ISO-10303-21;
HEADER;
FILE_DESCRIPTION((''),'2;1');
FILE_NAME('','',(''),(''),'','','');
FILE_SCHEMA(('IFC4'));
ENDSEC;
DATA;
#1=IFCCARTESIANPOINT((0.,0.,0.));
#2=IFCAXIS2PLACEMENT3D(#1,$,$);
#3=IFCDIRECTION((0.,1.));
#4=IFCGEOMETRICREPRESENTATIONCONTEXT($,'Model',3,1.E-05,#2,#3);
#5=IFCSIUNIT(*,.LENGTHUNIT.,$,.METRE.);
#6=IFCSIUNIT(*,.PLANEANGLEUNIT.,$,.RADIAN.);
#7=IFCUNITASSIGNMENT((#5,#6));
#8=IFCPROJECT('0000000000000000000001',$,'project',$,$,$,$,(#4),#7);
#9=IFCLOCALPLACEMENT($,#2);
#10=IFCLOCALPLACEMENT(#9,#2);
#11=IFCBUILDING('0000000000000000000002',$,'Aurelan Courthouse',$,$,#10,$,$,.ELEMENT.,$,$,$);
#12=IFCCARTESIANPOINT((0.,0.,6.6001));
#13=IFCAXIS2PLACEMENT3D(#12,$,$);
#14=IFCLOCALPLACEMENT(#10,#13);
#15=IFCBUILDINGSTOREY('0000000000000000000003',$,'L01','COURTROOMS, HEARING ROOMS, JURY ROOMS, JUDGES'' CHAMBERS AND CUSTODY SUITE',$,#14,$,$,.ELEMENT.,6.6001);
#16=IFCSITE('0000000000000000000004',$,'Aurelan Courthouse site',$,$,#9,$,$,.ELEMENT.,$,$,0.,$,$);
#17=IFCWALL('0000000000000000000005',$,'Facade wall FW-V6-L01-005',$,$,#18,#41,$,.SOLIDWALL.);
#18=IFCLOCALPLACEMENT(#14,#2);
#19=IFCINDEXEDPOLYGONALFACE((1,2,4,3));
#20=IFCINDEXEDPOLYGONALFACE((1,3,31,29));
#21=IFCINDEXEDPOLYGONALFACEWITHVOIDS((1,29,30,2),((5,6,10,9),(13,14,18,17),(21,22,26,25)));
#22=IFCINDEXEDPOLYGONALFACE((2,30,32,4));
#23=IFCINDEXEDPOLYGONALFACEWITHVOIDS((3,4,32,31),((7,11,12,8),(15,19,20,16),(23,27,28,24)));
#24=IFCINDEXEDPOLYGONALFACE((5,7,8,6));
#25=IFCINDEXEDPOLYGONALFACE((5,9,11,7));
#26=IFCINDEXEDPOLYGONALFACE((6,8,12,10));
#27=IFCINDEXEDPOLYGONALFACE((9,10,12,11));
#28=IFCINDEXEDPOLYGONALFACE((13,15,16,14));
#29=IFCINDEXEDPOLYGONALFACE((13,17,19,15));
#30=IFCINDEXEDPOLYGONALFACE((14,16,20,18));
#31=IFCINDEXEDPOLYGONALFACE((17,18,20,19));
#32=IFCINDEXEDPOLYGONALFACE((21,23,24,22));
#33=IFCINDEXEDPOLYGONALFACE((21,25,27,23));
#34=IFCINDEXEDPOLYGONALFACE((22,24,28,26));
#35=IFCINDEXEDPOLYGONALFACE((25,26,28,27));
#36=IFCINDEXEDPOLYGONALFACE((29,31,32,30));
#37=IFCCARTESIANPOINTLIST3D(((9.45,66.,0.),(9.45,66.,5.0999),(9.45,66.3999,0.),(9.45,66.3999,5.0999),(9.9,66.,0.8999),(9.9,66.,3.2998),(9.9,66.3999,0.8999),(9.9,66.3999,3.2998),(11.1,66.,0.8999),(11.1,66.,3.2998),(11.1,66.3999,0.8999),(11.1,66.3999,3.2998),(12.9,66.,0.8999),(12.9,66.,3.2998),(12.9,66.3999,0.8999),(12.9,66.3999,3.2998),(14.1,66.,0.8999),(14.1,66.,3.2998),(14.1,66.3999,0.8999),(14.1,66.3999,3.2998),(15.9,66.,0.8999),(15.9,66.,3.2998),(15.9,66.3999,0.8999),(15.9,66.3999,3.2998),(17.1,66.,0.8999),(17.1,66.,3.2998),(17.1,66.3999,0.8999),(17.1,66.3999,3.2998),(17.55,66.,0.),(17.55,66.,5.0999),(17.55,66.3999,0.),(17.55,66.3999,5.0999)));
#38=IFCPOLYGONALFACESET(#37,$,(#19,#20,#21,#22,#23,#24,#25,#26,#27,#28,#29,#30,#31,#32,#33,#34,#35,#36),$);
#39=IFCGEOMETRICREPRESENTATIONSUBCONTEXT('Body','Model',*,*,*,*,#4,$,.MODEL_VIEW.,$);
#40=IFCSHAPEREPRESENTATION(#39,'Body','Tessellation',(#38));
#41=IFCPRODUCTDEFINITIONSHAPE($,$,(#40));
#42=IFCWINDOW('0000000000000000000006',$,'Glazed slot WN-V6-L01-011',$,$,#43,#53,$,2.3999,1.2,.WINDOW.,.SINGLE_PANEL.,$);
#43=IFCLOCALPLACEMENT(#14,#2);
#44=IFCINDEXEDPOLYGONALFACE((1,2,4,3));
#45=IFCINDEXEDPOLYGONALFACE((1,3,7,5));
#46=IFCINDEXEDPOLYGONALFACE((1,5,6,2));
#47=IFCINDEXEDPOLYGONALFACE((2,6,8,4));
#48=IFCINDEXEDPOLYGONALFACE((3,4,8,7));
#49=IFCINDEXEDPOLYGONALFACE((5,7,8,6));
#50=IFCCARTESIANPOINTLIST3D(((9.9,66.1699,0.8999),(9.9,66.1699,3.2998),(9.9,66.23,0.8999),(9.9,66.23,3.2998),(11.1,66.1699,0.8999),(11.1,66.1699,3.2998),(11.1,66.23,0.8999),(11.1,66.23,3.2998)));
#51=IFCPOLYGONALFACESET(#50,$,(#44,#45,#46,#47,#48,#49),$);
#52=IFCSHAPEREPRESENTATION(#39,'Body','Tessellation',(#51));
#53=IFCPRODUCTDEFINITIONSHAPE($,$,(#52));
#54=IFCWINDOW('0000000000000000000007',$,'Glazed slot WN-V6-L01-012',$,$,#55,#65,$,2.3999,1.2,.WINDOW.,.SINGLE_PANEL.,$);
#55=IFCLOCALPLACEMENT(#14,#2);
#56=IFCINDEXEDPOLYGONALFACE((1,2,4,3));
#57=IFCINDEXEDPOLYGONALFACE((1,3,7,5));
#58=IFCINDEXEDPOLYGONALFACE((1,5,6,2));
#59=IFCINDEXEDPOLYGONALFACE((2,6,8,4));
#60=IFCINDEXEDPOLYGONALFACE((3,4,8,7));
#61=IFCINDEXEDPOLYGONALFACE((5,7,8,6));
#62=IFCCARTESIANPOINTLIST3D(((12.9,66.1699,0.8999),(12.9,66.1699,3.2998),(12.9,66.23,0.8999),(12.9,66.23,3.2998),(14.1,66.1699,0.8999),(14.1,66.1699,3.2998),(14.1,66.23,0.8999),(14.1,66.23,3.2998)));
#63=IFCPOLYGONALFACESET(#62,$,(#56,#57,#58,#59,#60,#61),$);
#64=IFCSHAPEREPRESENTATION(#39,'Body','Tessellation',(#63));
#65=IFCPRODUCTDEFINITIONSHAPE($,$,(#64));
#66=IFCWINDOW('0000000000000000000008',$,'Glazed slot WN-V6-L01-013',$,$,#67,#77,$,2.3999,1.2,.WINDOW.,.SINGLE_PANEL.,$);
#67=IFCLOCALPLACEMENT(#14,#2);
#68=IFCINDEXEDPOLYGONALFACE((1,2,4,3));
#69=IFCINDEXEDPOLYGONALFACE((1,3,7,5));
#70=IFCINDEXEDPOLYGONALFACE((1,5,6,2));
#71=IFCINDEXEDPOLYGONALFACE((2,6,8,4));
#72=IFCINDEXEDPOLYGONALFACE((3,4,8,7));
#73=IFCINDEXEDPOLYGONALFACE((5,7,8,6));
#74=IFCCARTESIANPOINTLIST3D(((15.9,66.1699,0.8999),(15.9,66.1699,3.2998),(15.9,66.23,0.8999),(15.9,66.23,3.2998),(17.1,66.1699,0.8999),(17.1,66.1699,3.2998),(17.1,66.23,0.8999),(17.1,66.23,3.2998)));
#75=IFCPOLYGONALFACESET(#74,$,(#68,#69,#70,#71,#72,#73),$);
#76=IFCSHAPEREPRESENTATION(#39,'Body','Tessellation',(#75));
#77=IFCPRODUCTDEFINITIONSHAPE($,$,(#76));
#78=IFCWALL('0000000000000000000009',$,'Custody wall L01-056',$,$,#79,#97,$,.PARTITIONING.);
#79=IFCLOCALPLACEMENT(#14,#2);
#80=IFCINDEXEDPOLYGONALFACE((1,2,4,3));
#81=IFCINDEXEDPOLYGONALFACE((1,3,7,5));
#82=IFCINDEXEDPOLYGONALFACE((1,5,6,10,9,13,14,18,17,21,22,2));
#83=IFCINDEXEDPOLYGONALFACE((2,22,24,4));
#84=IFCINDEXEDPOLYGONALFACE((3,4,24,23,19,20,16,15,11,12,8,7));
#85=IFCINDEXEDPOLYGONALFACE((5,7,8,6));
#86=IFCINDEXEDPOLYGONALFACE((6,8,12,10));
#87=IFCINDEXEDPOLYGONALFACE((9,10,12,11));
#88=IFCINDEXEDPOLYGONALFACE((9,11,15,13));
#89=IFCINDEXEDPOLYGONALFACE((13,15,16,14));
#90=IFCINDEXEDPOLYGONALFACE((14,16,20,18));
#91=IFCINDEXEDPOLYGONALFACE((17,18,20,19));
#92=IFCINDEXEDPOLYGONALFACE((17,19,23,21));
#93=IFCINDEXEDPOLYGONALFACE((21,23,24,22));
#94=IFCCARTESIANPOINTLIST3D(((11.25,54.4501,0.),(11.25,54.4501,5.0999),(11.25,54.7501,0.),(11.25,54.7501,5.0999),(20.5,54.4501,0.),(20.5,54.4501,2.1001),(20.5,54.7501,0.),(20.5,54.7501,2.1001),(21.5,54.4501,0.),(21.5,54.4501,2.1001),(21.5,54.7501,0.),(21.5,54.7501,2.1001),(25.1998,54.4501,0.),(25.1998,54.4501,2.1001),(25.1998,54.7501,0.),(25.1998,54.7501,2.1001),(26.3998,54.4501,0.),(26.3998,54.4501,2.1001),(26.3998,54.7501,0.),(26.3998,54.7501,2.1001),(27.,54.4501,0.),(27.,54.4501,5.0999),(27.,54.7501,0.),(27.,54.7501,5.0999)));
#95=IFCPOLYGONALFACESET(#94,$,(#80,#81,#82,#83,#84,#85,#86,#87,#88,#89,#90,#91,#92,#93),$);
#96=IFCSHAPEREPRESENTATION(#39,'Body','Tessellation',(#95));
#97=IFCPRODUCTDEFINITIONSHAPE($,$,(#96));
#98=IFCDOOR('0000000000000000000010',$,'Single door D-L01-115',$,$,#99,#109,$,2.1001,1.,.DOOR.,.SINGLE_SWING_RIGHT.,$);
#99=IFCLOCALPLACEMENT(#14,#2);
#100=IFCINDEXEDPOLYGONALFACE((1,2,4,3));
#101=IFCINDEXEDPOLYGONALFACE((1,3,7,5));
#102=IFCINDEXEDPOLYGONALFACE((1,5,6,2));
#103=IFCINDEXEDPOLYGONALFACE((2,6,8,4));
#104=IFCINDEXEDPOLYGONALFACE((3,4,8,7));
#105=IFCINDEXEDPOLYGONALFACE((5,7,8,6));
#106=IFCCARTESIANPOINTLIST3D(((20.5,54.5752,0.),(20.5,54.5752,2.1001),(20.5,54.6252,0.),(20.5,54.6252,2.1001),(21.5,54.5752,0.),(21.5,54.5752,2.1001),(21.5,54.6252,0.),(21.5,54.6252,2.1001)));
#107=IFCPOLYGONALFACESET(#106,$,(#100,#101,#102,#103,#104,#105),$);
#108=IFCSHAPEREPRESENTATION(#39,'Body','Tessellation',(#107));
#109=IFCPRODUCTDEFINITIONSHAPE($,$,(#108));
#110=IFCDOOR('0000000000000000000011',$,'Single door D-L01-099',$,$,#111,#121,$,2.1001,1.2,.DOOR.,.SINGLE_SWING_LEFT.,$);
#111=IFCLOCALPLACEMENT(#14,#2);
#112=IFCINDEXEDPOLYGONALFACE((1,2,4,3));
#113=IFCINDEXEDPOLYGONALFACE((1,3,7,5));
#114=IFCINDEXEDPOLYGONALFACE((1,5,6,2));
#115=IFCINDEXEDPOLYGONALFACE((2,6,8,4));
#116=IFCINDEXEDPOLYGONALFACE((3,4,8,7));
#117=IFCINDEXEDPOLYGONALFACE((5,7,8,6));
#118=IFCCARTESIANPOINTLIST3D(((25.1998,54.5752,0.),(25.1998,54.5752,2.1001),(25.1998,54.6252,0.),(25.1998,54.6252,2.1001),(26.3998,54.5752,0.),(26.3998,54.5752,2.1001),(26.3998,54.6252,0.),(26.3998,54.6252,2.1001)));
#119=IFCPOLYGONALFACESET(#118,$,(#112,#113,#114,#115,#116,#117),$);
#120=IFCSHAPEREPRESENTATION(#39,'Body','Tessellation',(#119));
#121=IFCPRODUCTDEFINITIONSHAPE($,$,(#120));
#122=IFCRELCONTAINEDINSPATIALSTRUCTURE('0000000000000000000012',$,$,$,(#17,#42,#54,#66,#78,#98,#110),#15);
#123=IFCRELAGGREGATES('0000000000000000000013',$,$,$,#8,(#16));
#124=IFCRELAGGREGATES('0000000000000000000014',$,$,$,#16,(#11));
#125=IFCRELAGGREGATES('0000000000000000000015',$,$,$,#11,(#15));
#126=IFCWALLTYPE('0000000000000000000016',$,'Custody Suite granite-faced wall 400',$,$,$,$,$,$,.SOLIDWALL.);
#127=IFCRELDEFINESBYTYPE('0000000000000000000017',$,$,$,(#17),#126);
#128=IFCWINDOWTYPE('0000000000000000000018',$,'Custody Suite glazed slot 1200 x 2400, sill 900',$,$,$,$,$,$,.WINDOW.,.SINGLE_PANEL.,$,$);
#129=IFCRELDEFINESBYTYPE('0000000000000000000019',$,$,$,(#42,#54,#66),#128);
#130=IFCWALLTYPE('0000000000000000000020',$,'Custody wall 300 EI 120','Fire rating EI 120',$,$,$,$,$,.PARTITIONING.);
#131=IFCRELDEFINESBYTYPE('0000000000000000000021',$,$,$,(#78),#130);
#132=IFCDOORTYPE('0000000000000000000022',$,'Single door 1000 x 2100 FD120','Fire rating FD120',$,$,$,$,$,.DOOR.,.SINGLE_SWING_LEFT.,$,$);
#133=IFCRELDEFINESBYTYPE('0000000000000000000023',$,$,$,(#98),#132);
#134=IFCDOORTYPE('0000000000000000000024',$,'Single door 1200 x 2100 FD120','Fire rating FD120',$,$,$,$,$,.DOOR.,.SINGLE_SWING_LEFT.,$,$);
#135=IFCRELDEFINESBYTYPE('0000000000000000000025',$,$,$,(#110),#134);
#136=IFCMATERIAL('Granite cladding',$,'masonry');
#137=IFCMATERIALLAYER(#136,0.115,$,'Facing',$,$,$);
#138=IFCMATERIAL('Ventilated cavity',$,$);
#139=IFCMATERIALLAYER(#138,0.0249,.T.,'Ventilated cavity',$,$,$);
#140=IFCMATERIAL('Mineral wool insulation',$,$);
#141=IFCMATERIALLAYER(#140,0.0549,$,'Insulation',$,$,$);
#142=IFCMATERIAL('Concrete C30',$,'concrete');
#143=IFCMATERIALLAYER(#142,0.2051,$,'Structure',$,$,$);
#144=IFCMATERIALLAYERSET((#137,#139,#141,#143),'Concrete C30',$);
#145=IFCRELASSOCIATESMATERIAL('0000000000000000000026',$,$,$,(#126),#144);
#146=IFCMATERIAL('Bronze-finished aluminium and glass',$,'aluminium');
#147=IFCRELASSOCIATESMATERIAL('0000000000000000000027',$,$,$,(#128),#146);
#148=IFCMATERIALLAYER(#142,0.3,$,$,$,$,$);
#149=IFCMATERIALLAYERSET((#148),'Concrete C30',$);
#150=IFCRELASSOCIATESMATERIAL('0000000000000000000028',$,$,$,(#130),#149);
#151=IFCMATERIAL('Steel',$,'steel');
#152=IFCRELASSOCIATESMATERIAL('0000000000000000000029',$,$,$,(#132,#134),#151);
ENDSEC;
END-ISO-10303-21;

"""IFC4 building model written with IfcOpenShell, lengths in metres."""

from ifc_helpers import new_model, si_unit, direction, frame, frame_2d, origin, place, context, subcontext, project, spatial, rectangle, extrude, material, layer, layer_set, type_object, element, fill, save


model = new_model("IFC4")

# Units and contexts
model_context = context("Model", 3, precision=1e-05, world=origin(), true_north=direction((0.0, 1.0)))
body_context = subcontext(model_context, "Body", "Model", "MODEL_VIEW")
ifc_project = project(units=[si_unit("LENGTHUNIT", "METRE"), si_unit("PLANEANGLEUNIT", "RADIAN")], contexts=[model_context])

# Site, building, storey
site_placement = place(None, origin())
site = spatial("IfcSite", under=ifc_project, at=site_placement, Name="Aurelan Courthouse site", CompositionType="ELEMENT", RefElevation=0.0)
building_placement = place(site_placement, origin())
building = spatial("IfcBuilding", under=site, at=building_placement, Name="Aurelan Courthouse", CompositionType="ELEMENT")
storey_placement = place(building_placement, frame((0.0, 0.0, 6.6001)))
storey = spatial("IfcBuildingStorey", under=building, at=storey_placement, Name="L01", Description="COURTROOMS, HEARING ROOMS, JURY ROOMS, JUDGES' CHAMBERS AND CUSTODY SUITE", CompositionType="ELEMENT", Elevation=6.6001)

# Shared definitions
ifc_material_1 = material(Name="Granite cladding", Category="masonry")
ifc_material_2 = material(Name="Ventilated cavity")
ifc_material_3 = material(Name="Mineral wool insulation")
ifc_material_4 = material(Name="Concrete C30", Category="concrete")

# Wall, openings, windows
ifc_layer_1 = layer(ifc_material_1, 0.115, Name="Facing")
ifc_layer_2 = layer(ifc_material_2, 0.0249, ventilated=True, Name="Ventilated cavity")
ifc_layer_3 = layer(ifc_material_3, 0.0549, Name="Insulation")
ifc_layer_4 = layer(ifc_material_4, 0.2051, Name="Structure")
ifc_layer_set_1 = layer_set([ifc_layer_1, ifc_layer_2, ifc_layer_3, ifc_layer_4], Name="Concrete C30")
wall_type_1 = type_object("IfcWallType", Name="Custody Suite granite-faced wall 400", PredefinedType="SOLIDWALL", material=ifc_layer_set_1)
wall_1_placement = place(storey_placement, frame((9.45, 66.2, 0.0), z_axis=(0.0, 0.0, 1.0), x_axis=(1.0, 0.0, 0.0)))
wall_1 = element("IfcWall", 1, at=wall_1_placement, inside=storey, type_object=wall_type_1, Name="Facade wall FW-V6-L01-005", PredefinedType="SOLIDWALL", context=body_context, shape_type="SweptSolid", body=[
    extrude(rectangle(XDim=8.1001, YDim=0.3999, at=frame_2d((4.05, 0.0))), origin(), (0.0, 0.0, 1.0), 5.0999),
])
opening_1_placement = place(wall_1_placement, frame((0.45, 0.0, 0.8999)))
opening_1 = element("IfcOpeningElement", 2, at=opening_1_placement, cuts=wall_1, PredefinedType="OPENING", context=body_context, shape_type="SweptSolid", body=[
    extrude(rectangle(XDim=1.2, YDim=2.3999, at=frame_2d((0.6001, 1.2))), frame((0.0, 0.21, 0.0), z_axis=(0.0, -1.0, 0.0), x_axis=(1.0, 0.0, 0.0)), (0.0, 0.0, 1.0), 0.4199),
])
opening_2_placement = place(wall_1_placement, frame((3.45, 0.0, 0.8999)))
opening_2 = element("IfcOpeningElement", 3, at=opening_2_placement, cuts=wall_1, PredefinedType="OPENING", context=body_context, shape_type="SweptSolid", body=[
    extrude(rectangle(XDim=1.2, YDim=2.3999, at=frame_2d((0.6001, 1.2))), frame((0.0, 0.21, 0.0), z_axis=(0.0, -1.0, 0.0), x_axis=(1.0, 0.0, 0.0)), (0.0, 0.0, 1.0), 0.4199),
])
opening_3_placement = place(wall_1_placement, frame((6.45, 0.0, 0.8999)))
opening_3 = element("IfcOpeningElement", 4, at=opening_3_placement, cuts=wall_1, PredefinedType="OPENING", context=body_context, shape_type="SweptSolid", body=[
    extrude(rectangle(XDim=1.2, YDim=2.3999, at=frame_2d((0.6001, 1.2))), frame((0.0, 0.21, 0.0), z_axis=(0.0, -1.0, 0.0), x_axis=(1.0, 0.0, 0.0)), (0.0, 0.0, 1.0), 0.4199),
])
ifc_material_5 = material(Name="Bronze-finished aluminium and glass", Category="aluminium")
window_type = type_object("IfcWindowType", Name="Custody Suite glazed slot 1200 x 2400, sill 900", PartitioningType="SINGLE_PANEL", PredefinedType="WINDOW", material=ifc_material_5)
window_1_placement = place(opening_1_placement, origin())
window_1 = element("IfcWindow", 5, at=window_1_placement, inside=storey, type_object=window_type, Name="Glazed slot WN-V6-L01-011", OverallHeight=2.3999, OverallWidth=1.2, PartitioningType="SINGLE_PANEL", PredefinedType="WINDOW", context=body_context, shape_type="SweptSolid", body=[
    extrude(rectangle(XDim=1.2, YDim=2.3999, at=frame_2d((0.6001, 1.2))), frame((0.0, 0.03, 0.0), z_axis=(0.0, -1.0, 0.0), x_axis=(1.0, 0.0, 0.0)), (0.0, 0.0, 1.0), 0.0601),
])
fill(opening_1, window_1)
window_2_placement = place(opening_2_placement, origin())
window_2 = element("IfcWindow", 6, at=window_2_placement, inside=storey, type_object=window_type, Name="Glazed slot WN-V6-L01-012", OverallHeight=2.3999, OverallWidth=1.2, PartitioningType="SINGLE_PANEL", PredefinedType="WINDOW", context=body_context, shape_type="SweptSolid", body=[
    extrude(rectangle(XDim=1.2, YDim=2.3999, at=frame_2d((0.6001, 1.2))), frame((0.0, 0.03, 0.0), z_axis=(0.0, -1.0, 0.0), x_axis=(1.0, 0.0, 0.0)), (0.0, 0.0, 1.0), 0.0601),
])
fill(opening_2, window_2)
window_3_placement = place(opening_3_placement, origin())
window_3 = element("IfcWindow", 7, at=window_3_placement, inside=storey, type_object=window_type, Name="Glazed slot WN-V6-L01-013", OverallHeight=2.3999, OverallWidth=1.2, PartitioningType="SINGLE_PANEL", PredefinedType="WINDOW", context=body_context, shape_type="SweptSolid", body=[
    extrude(rectangle(XDim=1.2, YDim=2.3999, at=frame_2d((0.6001, 1.2))), frame((0.0, 0.03, 0.0), z_axis=(0.0, -1.0, 0.0), x_axis=(1.0, 0.0, 0.0)), (0.0, 0.0, 1.0), 0.0601),
])
fill(opening_3, window_3)

# Wall, openings, doors
ifc_layer_5 = layer(ifc_material_4, 0.3)
ifc_layer_set_2 = layer_set([ifc_layer_5], Name="Concrete C30")
wall_type_2 = type_object("IfcWallType", Name="Custody wall 300 EI 120", Description="Fire rating EI 120", PredefinedType="PARTITIONING", material=ifc_layer_set_2)
wall_2_placement = place(storey_placement, frame((11.25, 54.6001, 0.0), z_axis=(0.0, 0.0, 1.0), x_axis=(1.0, 0.0, 0.0)))
wall_2 = element("IfcWall", 8, at=wall_2_placement, inside=storey, type_object=wall_type_2, Name="Custody wall L01-056", PredefinedType="PARTITIONING", context=body_context, shape_type="SweptSolid", body=[
    extrude(rectangle(XDim=15.75, YDim=0.3, at=frame_2d((7.875, 0.0))), origin(), (0.0, 0.0, 1.0), 5.0999),
])
opening_4_placement = place(wall_2_placement, frame((15.1499, 0.0, 0.0), z_axis=(0.0, 0.0, 1.0), x_axis=(-1.0, 0.0, 0.0)))
opening_4 = element("IfcOpeningElement", 9, at=opening_4_placement, cuts=wall_2, PredefinedType="OPENING", context=body_context, shape_type="SweptSolid", body=[
    extrude(rectangle(XDim=1.2, YDim=2.1001, at=frame_2d((0.6001, 1.05))), frame((0.0, 0.1599, 0.0), z_axis=(0.0, -1.0, 0.0), x_axis=(1.0, 0.0, 0.0)), (0.0, 0.0, 1.0), 0.3201),
])
opening_5_placement = place(wall_2_placement, frame((10.25, 0.0, 0.0), z_axis=(0.0, 0.0, 1.0), x_axis=(-1.0, 0.0, 0.0)))
opening_5 = element("IfcOpeningElement", 10, at=opening_5_placement, cuts=wall_2, PredefinedType="OPENING", context=body_context, shape_type="SweptSolid", body=[
    extrude(rectangle(XDim=1.0, YDim=2.1001, at=frame_2d((0.5, 1.05))), frame((0.0, 0.1599, 0.0), z_axis=(0.0, -1.0, 0.0), x_axis=(1.0, 0.0, 0.0)), (0.0, 0.0, 1.0), 0.3201),
])
ifc_material_6 = material(Name="Steel", Category="steel")
door_type_1 = type_object("IfcDoorType", Name="Single door 1000 x 2100 FD120", Description="Fire rating FD120", OperationType="SINGLE_SWING_LEFT", PredefinedType="DOOR", material=ifc_material_6)
door_1_placement = place(opening_5_placement, origin())
door_1 = element("IfcDoor", 11, at=door_1_placement, inside=storey, type_object=door_type_1, Name="Single door D-L01-115", OperationType="SINGLE_SWING_RIGHT", OverallHeight=2.1001, OverallWidth=1.0, PredefinedType="DOOR", context=body_context, shape_type="SweptSolid", body=[
    extrude(rectangle(XDim=1.0, YDim=2.1001, at=frame_2d((0.5, 1.05))), frame((0.0, 0.0249, 0.0), z_axis=(0.0, -1.0, 0.0), x_axis=(1.0, 0.0, 0.0)), (0.0, 0.0, 1.0), 0.05),
])
fill(opening_5, door_1)
door_type_2 = type_object("IfcDoorType", Name="Single door 1200 x 2100 FD120", Description="Fire rating FD120", OperationType="SINGLE_SWING_LEFT", PredefinedType="DOOR", material=ifc_material_6)
door_2_placement = place(opening_4_placement, origin())
door_2 = element("IfcDoor", 12, at=door_2_placement, inside=storey, type_object=door_type_2, Name="Single door D-L01-099", OperationType="SINGLE_SWING_LEFT", OverallHeight=2.1001, OverallWidth=1.2, PredefinedType="DOOR", context=body_context, shape_type="SweptSolid", body=[
    extrude(rectangle(XDim=1.2, YDim=2.1001, at=frame_2d((0.6001, 1.05))), frame((0.0, 0.0249, 0.0), z_axis=(0.0, -1.0, 0.0), x_axis=(1.0, 0.0, 0.0)), (0.0, 0.0, 1.0), 0.05),
])
fill(opening_4, door_2)

save(model, "model.ifc")
